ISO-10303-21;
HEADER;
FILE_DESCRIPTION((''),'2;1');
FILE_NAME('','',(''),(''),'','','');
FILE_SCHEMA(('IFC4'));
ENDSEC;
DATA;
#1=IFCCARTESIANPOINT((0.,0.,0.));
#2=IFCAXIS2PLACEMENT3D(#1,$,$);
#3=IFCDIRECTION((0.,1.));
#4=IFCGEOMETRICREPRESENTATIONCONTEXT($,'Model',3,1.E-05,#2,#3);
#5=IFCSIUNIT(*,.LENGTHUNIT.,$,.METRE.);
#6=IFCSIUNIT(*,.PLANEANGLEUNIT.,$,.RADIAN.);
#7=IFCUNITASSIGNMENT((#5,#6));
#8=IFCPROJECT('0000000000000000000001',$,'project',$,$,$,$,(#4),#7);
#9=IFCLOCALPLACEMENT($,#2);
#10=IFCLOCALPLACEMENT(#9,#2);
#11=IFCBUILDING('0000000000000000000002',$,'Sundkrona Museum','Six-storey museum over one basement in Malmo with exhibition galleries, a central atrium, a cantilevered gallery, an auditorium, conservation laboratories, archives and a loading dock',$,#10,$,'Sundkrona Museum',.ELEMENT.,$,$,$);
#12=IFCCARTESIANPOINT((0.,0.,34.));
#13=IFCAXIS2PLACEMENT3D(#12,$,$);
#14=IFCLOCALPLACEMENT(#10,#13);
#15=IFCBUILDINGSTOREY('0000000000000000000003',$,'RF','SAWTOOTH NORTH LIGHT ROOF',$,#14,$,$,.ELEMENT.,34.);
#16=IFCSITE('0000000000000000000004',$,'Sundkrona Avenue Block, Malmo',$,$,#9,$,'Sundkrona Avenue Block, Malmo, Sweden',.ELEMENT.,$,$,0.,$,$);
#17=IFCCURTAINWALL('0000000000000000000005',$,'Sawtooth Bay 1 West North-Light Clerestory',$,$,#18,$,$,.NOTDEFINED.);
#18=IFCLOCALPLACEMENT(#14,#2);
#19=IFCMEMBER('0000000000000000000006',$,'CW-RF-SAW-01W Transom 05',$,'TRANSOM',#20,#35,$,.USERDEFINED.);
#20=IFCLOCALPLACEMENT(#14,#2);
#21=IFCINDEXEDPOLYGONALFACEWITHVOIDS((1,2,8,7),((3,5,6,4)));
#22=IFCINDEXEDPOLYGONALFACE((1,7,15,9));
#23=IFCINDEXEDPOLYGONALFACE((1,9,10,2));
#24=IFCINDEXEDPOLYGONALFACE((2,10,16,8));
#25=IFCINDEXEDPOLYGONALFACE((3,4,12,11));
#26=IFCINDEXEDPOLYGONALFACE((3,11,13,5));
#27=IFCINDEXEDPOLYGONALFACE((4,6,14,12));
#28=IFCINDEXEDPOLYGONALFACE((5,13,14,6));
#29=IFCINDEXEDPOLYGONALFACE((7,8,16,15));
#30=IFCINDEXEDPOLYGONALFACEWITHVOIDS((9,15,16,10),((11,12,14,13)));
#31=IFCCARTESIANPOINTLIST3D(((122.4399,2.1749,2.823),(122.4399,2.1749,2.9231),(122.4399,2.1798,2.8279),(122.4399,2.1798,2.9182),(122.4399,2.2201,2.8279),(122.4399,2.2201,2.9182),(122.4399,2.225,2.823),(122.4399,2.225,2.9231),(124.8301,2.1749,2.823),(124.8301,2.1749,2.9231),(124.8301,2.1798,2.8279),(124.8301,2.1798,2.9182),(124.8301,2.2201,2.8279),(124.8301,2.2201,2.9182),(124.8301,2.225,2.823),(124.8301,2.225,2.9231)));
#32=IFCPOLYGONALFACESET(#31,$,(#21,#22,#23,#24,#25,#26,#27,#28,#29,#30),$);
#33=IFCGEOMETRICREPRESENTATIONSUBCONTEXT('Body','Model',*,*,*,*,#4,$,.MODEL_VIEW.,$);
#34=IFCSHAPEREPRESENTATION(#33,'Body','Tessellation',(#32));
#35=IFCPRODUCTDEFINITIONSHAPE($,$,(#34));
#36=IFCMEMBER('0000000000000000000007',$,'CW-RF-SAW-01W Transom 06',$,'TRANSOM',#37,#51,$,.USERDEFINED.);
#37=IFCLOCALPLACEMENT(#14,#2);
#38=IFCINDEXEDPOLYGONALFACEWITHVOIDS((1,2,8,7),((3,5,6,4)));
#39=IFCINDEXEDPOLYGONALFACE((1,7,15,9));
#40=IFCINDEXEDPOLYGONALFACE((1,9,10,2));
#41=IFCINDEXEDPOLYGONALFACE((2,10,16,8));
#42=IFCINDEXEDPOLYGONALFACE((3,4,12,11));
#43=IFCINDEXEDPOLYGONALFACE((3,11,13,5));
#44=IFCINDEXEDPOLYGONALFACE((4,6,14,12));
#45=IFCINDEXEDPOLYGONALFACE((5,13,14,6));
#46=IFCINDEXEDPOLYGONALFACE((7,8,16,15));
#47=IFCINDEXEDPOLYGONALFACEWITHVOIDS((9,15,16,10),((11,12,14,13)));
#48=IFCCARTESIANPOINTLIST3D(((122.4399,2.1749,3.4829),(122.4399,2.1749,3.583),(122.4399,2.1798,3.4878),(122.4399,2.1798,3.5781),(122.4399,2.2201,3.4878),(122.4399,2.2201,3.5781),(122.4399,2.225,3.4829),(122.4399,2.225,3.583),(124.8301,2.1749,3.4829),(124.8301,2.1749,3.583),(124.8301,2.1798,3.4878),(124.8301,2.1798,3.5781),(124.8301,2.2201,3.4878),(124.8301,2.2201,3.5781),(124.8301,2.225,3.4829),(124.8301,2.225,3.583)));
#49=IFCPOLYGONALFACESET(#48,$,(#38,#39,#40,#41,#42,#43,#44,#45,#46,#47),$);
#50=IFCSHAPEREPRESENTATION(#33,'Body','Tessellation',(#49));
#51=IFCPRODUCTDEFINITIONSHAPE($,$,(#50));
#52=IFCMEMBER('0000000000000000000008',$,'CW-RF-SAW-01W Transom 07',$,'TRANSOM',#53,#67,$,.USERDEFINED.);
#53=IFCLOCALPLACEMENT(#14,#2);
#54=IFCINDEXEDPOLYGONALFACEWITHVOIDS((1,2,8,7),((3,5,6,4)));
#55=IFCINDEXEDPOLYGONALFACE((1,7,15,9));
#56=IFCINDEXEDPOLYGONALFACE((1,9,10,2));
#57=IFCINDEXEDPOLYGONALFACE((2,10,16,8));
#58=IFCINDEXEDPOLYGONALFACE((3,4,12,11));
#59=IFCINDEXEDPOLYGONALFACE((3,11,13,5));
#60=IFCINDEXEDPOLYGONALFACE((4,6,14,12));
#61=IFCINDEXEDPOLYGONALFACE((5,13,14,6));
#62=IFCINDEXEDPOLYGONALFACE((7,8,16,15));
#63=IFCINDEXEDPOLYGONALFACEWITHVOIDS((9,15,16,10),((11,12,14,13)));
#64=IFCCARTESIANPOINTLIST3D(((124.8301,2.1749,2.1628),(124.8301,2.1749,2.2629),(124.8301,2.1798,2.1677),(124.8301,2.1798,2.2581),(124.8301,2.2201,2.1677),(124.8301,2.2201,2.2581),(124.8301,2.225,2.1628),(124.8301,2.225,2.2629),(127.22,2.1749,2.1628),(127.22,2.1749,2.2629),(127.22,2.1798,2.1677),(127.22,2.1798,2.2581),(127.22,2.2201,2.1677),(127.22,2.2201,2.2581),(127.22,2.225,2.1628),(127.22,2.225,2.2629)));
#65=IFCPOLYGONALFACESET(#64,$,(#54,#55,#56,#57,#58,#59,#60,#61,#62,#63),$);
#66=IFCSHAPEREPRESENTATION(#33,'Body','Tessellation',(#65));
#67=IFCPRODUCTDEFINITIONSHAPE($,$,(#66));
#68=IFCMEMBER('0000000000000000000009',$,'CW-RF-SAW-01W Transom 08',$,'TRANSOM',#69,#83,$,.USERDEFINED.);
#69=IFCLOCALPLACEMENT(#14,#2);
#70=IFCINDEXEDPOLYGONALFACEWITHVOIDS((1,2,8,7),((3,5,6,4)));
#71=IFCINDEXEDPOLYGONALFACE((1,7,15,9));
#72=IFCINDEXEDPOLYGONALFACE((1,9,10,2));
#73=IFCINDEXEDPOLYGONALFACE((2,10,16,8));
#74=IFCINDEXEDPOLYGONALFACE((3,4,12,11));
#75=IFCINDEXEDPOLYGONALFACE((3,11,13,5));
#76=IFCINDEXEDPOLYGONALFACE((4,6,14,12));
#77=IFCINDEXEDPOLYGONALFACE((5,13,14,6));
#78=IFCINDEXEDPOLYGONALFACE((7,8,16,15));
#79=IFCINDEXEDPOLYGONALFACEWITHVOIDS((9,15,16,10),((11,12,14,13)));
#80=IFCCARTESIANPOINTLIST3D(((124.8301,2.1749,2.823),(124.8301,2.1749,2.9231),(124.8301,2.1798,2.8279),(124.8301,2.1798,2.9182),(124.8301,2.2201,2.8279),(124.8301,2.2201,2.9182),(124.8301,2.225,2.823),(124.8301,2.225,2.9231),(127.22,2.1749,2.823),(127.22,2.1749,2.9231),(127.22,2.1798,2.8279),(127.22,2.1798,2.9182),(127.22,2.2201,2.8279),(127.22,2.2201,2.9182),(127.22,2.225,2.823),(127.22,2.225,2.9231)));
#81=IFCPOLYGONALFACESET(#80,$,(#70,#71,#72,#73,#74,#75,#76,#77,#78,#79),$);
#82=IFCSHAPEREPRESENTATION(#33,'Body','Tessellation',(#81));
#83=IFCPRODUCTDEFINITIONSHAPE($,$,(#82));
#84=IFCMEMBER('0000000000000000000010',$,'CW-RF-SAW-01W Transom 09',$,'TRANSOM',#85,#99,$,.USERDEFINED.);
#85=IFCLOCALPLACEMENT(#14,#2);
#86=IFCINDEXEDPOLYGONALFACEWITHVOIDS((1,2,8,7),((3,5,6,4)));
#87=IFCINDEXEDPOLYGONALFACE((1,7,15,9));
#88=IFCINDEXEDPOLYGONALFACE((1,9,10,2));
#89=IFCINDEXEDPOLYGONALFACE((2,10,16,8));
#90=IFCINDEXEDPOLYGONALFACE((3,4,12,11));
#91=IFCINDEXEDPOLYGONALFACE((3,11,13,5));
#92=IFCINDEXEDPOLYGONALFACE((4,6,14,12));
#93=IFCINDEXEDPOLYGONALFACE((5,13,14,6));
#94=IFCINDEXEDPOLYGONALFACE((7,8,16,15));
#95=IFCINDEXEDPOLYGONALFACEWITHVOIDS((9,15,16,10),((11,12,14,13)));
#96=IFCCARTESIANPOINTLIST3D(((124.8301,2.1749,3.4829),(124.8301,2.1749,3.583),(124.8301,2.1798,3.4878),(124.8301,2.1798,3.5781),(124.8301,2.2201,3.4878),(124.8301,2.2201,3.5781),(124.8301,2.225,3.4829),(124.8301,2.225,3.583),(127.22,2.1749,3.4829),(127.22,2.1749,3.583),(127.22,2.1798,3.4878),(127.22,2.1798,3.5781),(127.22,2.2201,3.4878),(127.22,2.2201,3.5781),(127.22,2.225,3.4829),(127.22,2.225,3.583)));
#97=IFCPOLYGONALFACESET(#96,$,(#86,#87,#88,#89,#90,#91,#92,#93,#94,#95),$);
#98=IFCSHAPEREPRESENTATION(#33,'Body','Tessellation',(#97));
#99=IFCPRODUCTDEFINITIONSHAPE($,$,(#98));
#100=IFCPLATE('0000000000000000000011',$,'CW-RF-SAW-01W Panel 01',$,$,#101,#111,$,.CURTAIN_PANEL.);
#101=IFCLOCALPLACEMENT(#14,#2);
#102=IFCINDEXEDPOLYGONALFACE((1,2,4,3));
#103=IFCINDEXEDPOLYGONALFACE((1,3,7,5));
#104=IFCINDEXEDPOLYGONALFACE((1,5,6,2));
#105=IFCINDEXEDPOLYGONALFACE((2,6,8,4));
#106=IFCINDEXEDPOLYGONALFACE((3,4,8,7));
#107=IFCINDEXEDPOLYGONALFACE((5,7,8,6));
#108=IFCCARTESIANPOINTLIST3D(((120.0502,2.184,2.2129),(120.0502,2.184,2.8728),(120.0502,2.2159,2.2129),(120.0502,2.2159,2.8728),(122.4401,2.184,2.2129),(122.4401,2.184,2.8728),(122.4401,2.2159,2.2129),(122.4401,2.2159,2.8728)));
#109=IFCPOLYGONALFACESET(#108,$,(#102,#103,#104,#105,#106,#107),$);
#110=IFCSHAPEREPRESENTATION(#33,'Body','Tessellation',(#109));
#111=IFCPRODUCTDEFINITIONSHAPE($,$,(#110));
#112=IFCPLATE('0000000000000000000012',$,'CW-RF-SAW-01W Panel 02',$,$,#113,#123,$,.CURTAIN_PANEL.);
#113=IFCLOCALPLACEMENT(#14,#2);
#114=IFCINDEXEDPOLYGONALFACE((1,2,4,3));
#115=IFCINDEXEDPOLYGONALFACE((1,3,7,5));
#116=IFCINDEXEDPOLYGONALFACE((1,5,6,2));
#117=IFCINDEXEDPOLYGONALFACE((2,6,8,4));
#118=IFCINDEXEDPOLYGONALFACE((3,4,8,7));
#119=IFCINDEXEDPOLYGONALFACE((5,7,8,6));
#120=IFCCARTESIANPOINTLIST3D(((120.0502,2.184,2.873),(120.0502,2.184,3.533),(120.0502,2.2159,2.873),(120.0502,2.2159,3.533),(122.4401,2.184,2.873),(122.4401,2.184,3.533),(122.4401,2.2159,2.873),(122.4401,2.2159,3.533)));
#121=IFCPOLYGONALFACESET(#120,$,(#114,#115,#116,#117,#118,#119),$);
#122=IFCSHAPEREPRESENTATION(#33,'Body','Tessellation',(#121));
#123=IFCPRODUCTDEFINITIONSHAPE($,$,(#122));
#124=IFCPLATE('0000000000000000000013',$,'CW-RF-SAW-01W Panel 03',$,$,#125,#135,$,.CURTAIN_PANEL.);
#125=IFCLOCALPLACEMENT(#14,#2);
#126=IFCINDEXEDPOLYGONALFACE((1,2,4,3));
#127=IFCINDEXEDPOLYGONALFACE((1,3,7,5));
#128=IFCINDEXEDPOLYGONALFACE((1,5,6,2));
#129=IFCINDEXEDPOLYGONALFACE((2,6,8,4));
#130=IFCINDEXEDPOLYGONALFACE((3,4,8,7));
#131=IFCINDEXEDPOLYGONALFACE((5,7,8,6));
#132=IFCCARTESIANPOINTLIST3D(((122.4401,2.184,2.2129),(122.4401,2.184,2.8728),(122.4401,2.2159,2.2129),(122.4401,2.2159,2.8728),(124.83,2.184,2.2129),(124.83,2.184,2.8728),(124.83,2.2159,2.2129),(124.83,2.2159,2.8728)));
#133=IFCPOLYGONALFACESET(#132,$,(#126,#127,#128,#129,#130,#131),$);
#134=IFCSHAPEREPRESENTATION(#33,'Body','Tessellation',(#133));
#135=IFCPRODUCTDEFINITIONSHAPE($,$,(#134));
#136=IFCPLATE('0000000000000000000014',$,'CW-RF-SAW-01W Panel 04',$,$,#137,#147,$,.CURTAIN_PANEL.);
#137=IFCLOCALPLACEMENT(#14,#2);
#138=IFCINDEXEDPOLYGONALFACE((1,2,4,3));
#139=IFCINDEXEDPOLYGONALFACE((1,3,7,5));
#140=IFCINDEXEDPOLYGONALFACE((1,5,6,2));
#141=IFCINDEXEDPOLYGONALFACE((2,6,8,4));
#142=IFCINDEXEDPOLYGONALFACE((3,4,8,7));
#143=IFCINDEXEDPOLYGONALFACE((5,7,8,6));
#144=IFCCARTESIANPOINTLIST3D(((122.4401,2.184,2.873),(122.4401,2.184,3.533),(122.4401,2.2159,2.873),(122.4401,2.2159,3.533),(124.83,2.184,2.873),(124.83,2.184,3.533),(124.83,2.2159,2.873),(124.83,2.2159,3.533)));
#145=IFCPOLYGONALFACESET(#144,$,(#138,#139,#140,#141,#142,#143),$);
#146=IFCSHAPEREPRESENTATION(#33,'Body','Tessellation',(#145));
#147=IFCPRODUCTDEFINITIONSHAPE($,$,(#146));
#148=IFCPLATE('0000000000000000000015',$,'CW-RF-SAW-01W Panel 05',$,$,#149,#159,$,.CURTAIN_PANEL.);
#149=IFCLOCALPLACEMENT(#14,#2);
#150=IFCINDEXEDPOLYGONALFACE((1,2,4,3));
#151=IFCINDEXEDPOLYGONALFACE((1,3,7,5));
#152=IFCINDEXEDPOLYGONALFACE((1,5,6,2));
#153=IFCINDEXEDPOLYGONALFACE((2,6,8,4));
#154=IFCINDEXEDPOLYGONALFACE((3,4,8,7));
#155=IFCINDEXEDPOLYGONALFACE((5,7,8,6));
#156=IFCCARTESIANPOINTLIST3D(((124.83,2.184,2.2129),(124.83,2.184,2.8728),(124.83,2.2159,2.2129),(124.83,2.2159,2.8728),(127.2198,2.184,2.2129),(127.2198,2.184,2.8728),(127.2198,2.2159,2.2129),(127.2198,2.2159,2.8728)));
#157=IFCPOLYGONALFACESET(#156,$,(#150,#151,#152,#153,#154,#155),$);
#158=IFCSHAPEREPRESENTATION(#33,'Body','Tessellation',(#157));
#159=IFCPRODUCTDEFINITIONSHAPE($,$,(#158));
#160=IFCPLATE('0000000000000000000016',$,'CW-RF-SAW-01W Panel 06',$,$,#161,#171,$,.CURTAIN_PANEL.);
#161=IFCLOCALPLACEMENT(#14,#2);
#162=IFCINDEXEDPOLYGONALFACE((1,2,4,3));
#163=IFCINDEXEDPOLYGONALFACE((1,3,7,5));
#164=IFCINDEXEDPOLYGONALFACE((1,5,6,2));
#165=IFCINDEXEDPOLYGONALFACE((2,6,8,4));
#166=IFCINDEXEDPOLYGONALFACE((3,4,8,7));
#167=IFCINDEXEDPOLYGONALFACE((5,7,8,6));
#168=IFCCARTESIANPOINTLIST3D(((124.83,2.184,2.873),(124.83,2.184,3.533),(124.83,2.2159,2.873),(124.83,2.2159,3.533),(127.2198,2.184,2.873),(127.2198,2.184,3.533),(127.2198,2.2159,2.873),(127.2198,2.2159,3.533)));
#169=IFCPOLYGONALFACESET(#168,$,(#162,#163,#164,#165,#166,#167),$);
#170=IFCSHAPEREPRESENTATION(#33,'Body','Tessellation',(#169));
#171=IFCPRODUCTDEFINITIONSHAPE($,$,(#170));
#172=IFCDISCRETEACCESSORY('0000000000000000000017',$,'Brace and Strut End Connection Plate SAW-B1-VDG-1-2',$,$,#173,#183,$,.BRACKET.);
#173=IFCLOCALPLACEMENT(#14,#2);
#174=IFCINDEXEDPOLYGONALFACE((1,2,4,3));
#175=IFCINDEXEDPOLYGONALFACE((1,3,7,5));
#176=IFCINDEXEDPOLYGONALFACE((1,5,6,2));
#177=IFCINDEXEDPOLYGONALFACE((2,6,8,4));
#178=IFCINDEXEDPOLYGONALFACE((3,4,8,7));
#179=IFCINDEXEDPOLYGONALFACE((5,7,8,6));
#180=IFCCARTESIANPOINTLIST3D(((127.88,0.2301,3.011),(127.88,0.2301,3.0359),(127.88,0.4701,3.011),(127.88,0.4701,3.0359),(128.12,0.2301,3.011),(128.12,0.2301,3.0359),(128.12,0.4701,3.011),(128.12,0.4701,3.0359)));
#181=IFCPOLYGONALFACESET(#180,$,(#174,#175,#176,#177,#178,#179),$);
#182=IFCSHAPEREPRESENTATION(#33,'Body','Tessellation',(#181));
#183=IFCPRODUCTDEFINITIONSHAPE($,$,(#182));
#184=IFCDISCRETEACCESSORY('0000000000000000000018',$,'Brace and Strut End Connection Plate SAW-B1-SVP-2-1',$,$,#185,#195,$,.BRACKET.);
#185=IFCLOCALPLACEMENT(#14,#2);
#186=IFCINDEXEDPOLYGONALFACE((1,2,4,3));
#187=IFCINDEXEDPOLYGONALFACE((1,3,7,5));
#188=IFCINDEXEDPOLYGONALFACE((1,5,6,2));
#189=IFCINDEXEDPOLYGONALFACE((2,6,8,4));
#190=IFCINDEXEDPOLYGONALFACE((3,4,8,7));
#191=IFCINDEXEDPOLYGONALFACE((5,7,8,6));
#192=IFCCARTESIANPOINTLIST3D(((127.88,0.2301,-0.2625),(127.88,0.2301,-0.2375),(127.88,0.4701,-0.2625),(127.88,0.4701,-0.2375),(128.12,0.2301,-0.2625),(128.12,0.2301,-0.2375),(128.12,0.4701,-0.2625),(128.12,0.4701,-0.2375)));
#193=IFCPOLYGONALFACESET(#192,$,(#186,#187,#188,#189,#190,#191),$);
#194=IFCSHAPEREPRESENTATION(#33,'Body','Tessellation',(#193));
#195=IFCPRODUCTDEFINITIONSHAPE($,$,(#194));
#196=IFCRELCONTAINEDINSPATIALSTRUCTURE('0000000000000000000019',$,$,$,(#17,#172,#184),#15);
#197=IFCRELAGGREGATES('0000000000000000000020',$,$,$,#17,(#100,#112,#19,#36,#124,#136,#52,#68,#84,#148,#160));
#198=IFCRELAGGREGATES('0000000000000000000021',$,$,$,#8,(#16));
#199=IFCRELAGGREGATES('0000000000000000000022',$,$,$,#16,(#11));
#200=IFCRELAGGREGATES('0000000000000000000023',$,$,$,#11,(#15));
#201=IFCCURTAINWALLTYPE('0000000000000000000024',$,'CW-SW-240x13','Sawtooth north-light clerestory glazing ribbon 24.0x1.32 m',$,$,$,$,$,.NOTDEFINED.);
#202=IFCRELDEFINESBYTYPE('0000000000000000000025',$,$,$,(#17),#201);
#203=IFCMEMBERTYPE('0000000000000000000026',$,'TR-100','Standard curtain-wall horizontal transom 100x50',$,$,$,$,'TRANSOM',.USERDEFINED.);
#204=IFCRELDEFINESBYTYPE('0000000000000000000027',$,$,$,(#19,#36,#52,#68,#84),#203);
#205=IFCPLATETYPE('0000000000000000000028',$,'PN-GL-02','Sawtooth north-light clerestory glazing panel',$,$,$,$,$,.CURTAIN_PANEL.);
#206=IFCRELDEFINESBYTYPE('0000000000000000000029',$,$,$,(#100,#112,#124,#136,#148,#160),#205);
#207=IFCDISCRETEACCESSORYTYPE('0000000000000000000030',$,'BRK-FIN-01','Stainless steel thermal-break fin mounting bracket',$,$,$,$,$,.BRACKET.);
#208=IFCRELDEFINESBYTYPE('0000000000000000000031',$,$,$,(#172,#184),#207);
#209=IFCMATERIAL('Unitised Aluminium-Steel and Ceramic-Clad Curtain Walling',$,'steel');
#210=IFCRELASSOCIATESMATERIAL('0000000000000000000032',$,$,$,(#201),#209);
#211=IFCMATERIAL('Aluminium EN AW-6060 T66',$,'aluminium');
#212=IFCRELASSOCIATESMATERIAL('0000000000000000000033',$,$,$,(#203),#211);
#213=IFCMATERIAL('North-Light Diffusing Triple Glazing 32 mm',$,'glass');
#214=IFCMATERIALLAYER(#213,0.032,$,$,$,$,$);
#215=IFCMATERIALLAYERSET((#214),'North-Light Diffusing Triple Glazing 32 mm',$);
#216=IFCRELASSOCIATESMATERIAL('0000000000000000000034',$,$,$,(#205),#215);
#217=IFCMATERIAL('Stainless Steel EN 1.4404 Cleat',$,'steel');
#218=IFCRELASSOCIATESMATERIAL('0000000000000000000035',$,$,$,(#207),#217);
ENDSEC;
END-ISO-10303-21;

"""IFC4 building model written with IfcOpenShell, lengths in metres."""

from ifc_helpers import new_model, si_unit, direction, frame, origin, origin_2d, place, context, subcontext, project, spatial, rectangle, hollow_rectangle, extrude, material, layer, layer_set, material_profile, profile_set, type_object, element, aggregate, save


model = new_model("IFC4")

# Units and contexts
model_context = context("Model", 3, precision=1e-05, world=origin(), true_north=direction((0.0, 1.0)))
body_context = subcontext(model_context, "Body", "Model", "MODEL_VIEW")
ifc_project = project(units=[si_unit("LENGTHUNIT", "METRE"), si_unit("PLANEANGLEUNIT", "RADIAN")], contexts=[model_context])

# Site, building, storey
site_placement = place(None, origin())
site = spatial("IfcSite", under=ifc_project, at=site_placement, Name="Sundkrona Avenue Block, Malmo", LongName="Sundkrona Avenue Block, Malmo, Sweden", CompositionType="ELEMENT", RefElevation=0.0)
building_placement = place(site_placement, origin())
building = spatial("IfcBuilding", under=site, at=building_placement, Name="Sundkrona Museum", Description="Six-storey museum over one basement in Malmo with exhibition galleries, a central atrium, a cantilevered gallery, an auditorium, conservation laboratories, archives and a loading dock", LongName="Sundkrona Museum", CompositionType="ELEMENT")
storey_placement = place(building_placement, frame((0.0, 0.0, 34.0)))
storey = spatial("IfcBuildingStorey", under=building, at=storey_placement, Name="RF", Description="SAWTOOTH NORTH LIGHT ROOF", CompositionType="ELEMENT", Elevation=34.0)

# Curtain wall
ifc_material_1 = material(Name="Unitised Aluminium-Steel and Ceramic-Clad Curtain Walling", Category="steel")
curtain_wall_type = type_object("IfcCurtainWallType", Name="CW-SW-240x13", Description="Sawtooth north-light clerestory glazing ribbon 24.0x1.32 m", PredefinedType="NOTDEFINED", material=ifc_material_1)
curtain_wall_placement = place(storey_placement, origin())
curtain_wall = element("IfcCurtainWall", 1, at=curtain_wall_placement, inside=storey, type_object=curtain_wall_type, Name="Sawtooth Bay 1 West North-Light Clerestory", PredefinedType="NOTDEFINED")
ifc_material_2 = material(Name="Aluminium EN AW-6060 T66", Category="aluminium")

# Members
ifc_material_profile_1 = material_profile(ifc_material_2, hollow_rectangle(XDim=0.05, YDim=0.1001, WallThickness=0.0049, at=origin_2d()), Name="RHS 100x50x5.0")
ifc_profile_set_1 = profile_set([ifc_material_profile_1], Name="Aluminium EN AW-6060 T66")
member_type_1 = type_object("IfcMemberType", Name="TR-100", Description="Standard curtain-wall horizontal transom 100x50", ElementType="TRANSOM", PredefinedType="USERDEFINED", material=ifc_profile_set_1)
member_1_placement = place(storey_placement, frame((122.4399, 2.2, 2.873), z_axis=(1.0, 0.0, 0.0), x_axis=(0.0, 1.0, 0.0)))
member_1 = element("IfcMember", 2, at=member_1_placement, type_object=member_type_1, Name="CW-RF-SAW-01W Transom 05", ObjectType="TRANSOM", PredefinedType="USERDEFINED", context=body_context, shape_type="SweptSolid", body=[
    extrude(hollow_rectangle(XDim=0.05, YDim=0.1001, WallThickness=0.0049, at=origin_2d()), origin(), (0.0, 0.0, 1.0), 2.3901),
])
member_2_placement = place(storey_placement, frame((122.4399, 2.2, 3.533), z_axis=(1.0, 0.0, 0.0), x_axis=(0.0, 1.0, 0.0)))
member_2 = element("IfcMember", 3, at=member_2_placement, type_object=member_type_1, Name="CW-RF-SAW-01W Transom 06", ObjectType="TRANSOM", PredefinedType="USERDEFINED", context=body_context, shape_type="SweptSolid", body=[
    extrude(hollow_rectangle(XDim=0.05, YDim=0.1001, WallThickness=0.0049, at=origin_2d()), origin(), (0.0, 0.0, 1.0), 2.3901),
])
member_3_placement = place(storey_placement, frame((124.8301, 2.2, 2.2129), z_axis=(1.0, 0.0, 0.0), x_axis=(0.0, 1.0, 0.0)))
member_3 = element("IfcMember", 4, at=member_3_placement, type_object=member_type_1, Name="CW-RF-SAW-01W Transom 07", ObjectType="TRANSOM", PredefinedType="USERDEFINED", context=body_context, shape_type="SweptSolid", body=[
    extrude(hollow_rectangle(XDim=0.05, YDim=0.1001, WallThickness=0.0049, at=origin_2d()), origin(), (0.0, 0.0, 1.0), 2.3899),
])
member_4_placement = place(storey_placement, frame((124.8301, 2.2, 2.873), z_axis=(1.0, 0.0, 0.0), x_axis=(0.0, 1.0, 0.0)))
member_4 = element("IfcMember", 5, at=member_4_placement, type_object=member_type_1, Name="CW-RF-SAW-01W Transom 08", ObjectType="TRANSOM", PredefinedType="USERDEFINED", context=body_context, shape_type="SweptSolid", body=[
    extrude(hollow_rectangle(XDim=0.05, YDim=0.1001, WallThickness=0.0049, at=origin_2d()), origin(), (0.0, 0.0, 1.0), 2.3899),
])
member_5_placement = place(storey_placement, frame((124.8301, 2.2, 3.533), z_axis=(1.0, 0.0, 0.0), x_axis=(0.0, 1.0, 0.0)))
member_5 = element("IfcMember", 6, at=member_5_placement, type_object=member_type_1, Name="CW-RF-SAW-01W Transom 09", ObjectType="TRANSOM", PredefinedType="USERDEFINED", context=body_context, shape_type="SweptSolid", body=[
    extrude(hollow_rectangle(XDim=0.05, YDim=0.1001, WallThickness=0.0049, at=origin_2d()), origin(), (0.0, 0.0, 1.0), 2.3899),
])

# Plates
ifc_material_3 = material(Name="North-Light Diffusing Triple Glazing 32 mm", Category="glass")
ifc_layer = layer(ifc_material_3, 0.032)
ifc_layer_set = layer_set([ifc_layer], Name="North-Light Diffusing Triple Glazing 32 mm")
plate_type = type_object("IfcPlateType", Name="PN-GL-02", Description="Sawtooth north-light clerestory glazing panel", PredefinedType="CURTAIN_PANEL", material=ifc_layer_set)
plate_1_placement = place(storey_placement, frame((121.2451, 2.2, 2.2129), z_axis=(0.0, 0.0, 1.0), x_axis=(1.0, 0.0, 0.0)))
plate_1 = element("IfcPlate", 7, at=plate_1_placement, type_object=plate_type, Name="CW-RF-SAW-01W Panel 01", PredefinedType="CURTAIN_PANEL", context=body_context, shape_type="SweptSolid", body=[
    extrude(rectangle(XDim=2.3899, YDim=0.032, at=origin_2d()), origin(), (0.0, 0.0, 1.0), 0.6599),
])
plate_2_placement = place(storey_placement, frame((121.2451, 2.2, 2.873), z_axis=(0.0, 0.0, 1.0), x_axis=(1.0, 0.0, 0.0)))
plate_2 = element("IfcPlate", 8, at=plate_2_placement, type_object=plate_type, Name="CW-RF-SAW-01W Panel 02", PredefinedType="CURTAIN_PANEL", context=body_context, shape_type="SweptSolid", body=[
    extrude(rectangle(XDim=2.3899, YDim=0.032, at=origin_2d()), origin(), (0.0, 0.0, 1.0), 0.6599),
])
plate_3_placement = place(storey_placement, frame((123.635, 2.2, 2.2129), z_axis=(0.0, 0.0, 1.0), x_axis=(1.0, 0.0, 0.0)))
plate_3 = element("IfcPlate", 9, at=plate_3_placement, type_object=plate_type, Name="CW-RF-SAW-01W Panel 03", PredefinedType="CURTAIN_PANEL", context=body_context, shape_type="SweptSolid", body=[
    extrude(rectangle(XDim=2.3899, YDim=0.032, at=origin_2d()), origin(), (0.0, 0.0, 1.0), 0.6599),
])
plate_4_placement = place(storey_placement, frame((123.635, 2.2, 2.873), z_axis=(0.0, 0.0, 1.0), x_axis=(1.0, 0.0, 0.0)))
plate_4 = element("IfcPlate", 10, at=plate_4_placement, type_object=plate_type, Name="CW-RF-SAW-01W Panel 04", PredefinedType="CURTAIN_PANEL", context=body_context, shape_type="SweptSolid", body=[
    extrude(rectangle(XDim=2.3899, YDim=0.032, at=origin_2d()), origin(), (0.0, 0.0, 1.0), 0.6599),
])
plate_5_placement = place(storey_placement, frame((126.0249, 2.2, 2.2129), z_axis=(0.0, 0.0, 1.0), x_axis=(1.0, 0.0, 0.0)))
plate_5 = element("IfcPlate", 11, at=plate_5_placement, type_object=plate_type, Name="CW-RF-SAW-01W Panel 05", PredefinedType="CURTAIN_PANEL", context=body_context, shape_type="SweptSolid", body=[
    extrude(rectangle(XDim=2.3899, YDim=0.032, at=origin_2d()), origin(), (0.0, 0.0, 1.0), 0.6599),
])
plate_6_placement = place(storey_placement, frame((126.0249, 2.2, 2.873), z_axis=(0.0, 0.0, 1.0), x_axis=(1.0, 0.0, 0.0)))
plate_6 = element("IfcPlate", 12, at=plate_6_placement, type_object=plate_type, Name="CW-RF-SAW-01W Panel 06", PredefinedType="CURTAIN_PANEL", context=body_context, shape_type="SweptSolid", body=[
    extrude(rectangle(XDim=2.3899, YDim=0.032, at=origin_2d()), origin(), (0.0, 0.0, 1.0), 0.6599),
])
aggregate(curtain_wall, [plate_1, plate_2, member_1, member_2, plate_3, plate_4, member_3, member_4, member_5, plate_5, plate_6])

# Discrete accessories
ifc_material_4 = material(Name="Stainless Steel EN 1.4404 Cleat", Category="steel")
discrete_accessory_type = type_object("IfcDiscreteAccessoryType", Name="BRK-FIN-01", Description="Stainless steel thermal-break fin mounting bracket", PredefinedType="BRACKET", material=ifc_material_4)
for number, where, z_axis, x_axis, name in (
    (13, (128.0, 0.3501, 3.011), (0.0, 0.0, 1.0), (1.0, 0.0, 0.0), "Brace and Strut End Connection Plate SAW-B1-VDG-1-2"),
    (14, (128.0, 0.3501, -0.2625), (0.0, 0.0, 1.0), (1.0, 0.0, 0.0), "Brace and Strut End Connection Plate SAW-B1-SVP-2-1"),
):
    element("IfcDiscreteAccessory", number, at=place(storey_placement, frame(where, z_axis=z_axis, x_axis=x_axis)), inside=storey, type_object=discrete_accessory_type, Name=name, PredefinedType="BRACKET", context=body_context, shape_type="SweptSolid", body=[
        extrude(rectangle(XDim=0.24, YDim=0.24, at=origin_2d()), origin(), (0.0, 0.0, 1.0), 0.0249),
    ])

save(model, "model.ifc")
